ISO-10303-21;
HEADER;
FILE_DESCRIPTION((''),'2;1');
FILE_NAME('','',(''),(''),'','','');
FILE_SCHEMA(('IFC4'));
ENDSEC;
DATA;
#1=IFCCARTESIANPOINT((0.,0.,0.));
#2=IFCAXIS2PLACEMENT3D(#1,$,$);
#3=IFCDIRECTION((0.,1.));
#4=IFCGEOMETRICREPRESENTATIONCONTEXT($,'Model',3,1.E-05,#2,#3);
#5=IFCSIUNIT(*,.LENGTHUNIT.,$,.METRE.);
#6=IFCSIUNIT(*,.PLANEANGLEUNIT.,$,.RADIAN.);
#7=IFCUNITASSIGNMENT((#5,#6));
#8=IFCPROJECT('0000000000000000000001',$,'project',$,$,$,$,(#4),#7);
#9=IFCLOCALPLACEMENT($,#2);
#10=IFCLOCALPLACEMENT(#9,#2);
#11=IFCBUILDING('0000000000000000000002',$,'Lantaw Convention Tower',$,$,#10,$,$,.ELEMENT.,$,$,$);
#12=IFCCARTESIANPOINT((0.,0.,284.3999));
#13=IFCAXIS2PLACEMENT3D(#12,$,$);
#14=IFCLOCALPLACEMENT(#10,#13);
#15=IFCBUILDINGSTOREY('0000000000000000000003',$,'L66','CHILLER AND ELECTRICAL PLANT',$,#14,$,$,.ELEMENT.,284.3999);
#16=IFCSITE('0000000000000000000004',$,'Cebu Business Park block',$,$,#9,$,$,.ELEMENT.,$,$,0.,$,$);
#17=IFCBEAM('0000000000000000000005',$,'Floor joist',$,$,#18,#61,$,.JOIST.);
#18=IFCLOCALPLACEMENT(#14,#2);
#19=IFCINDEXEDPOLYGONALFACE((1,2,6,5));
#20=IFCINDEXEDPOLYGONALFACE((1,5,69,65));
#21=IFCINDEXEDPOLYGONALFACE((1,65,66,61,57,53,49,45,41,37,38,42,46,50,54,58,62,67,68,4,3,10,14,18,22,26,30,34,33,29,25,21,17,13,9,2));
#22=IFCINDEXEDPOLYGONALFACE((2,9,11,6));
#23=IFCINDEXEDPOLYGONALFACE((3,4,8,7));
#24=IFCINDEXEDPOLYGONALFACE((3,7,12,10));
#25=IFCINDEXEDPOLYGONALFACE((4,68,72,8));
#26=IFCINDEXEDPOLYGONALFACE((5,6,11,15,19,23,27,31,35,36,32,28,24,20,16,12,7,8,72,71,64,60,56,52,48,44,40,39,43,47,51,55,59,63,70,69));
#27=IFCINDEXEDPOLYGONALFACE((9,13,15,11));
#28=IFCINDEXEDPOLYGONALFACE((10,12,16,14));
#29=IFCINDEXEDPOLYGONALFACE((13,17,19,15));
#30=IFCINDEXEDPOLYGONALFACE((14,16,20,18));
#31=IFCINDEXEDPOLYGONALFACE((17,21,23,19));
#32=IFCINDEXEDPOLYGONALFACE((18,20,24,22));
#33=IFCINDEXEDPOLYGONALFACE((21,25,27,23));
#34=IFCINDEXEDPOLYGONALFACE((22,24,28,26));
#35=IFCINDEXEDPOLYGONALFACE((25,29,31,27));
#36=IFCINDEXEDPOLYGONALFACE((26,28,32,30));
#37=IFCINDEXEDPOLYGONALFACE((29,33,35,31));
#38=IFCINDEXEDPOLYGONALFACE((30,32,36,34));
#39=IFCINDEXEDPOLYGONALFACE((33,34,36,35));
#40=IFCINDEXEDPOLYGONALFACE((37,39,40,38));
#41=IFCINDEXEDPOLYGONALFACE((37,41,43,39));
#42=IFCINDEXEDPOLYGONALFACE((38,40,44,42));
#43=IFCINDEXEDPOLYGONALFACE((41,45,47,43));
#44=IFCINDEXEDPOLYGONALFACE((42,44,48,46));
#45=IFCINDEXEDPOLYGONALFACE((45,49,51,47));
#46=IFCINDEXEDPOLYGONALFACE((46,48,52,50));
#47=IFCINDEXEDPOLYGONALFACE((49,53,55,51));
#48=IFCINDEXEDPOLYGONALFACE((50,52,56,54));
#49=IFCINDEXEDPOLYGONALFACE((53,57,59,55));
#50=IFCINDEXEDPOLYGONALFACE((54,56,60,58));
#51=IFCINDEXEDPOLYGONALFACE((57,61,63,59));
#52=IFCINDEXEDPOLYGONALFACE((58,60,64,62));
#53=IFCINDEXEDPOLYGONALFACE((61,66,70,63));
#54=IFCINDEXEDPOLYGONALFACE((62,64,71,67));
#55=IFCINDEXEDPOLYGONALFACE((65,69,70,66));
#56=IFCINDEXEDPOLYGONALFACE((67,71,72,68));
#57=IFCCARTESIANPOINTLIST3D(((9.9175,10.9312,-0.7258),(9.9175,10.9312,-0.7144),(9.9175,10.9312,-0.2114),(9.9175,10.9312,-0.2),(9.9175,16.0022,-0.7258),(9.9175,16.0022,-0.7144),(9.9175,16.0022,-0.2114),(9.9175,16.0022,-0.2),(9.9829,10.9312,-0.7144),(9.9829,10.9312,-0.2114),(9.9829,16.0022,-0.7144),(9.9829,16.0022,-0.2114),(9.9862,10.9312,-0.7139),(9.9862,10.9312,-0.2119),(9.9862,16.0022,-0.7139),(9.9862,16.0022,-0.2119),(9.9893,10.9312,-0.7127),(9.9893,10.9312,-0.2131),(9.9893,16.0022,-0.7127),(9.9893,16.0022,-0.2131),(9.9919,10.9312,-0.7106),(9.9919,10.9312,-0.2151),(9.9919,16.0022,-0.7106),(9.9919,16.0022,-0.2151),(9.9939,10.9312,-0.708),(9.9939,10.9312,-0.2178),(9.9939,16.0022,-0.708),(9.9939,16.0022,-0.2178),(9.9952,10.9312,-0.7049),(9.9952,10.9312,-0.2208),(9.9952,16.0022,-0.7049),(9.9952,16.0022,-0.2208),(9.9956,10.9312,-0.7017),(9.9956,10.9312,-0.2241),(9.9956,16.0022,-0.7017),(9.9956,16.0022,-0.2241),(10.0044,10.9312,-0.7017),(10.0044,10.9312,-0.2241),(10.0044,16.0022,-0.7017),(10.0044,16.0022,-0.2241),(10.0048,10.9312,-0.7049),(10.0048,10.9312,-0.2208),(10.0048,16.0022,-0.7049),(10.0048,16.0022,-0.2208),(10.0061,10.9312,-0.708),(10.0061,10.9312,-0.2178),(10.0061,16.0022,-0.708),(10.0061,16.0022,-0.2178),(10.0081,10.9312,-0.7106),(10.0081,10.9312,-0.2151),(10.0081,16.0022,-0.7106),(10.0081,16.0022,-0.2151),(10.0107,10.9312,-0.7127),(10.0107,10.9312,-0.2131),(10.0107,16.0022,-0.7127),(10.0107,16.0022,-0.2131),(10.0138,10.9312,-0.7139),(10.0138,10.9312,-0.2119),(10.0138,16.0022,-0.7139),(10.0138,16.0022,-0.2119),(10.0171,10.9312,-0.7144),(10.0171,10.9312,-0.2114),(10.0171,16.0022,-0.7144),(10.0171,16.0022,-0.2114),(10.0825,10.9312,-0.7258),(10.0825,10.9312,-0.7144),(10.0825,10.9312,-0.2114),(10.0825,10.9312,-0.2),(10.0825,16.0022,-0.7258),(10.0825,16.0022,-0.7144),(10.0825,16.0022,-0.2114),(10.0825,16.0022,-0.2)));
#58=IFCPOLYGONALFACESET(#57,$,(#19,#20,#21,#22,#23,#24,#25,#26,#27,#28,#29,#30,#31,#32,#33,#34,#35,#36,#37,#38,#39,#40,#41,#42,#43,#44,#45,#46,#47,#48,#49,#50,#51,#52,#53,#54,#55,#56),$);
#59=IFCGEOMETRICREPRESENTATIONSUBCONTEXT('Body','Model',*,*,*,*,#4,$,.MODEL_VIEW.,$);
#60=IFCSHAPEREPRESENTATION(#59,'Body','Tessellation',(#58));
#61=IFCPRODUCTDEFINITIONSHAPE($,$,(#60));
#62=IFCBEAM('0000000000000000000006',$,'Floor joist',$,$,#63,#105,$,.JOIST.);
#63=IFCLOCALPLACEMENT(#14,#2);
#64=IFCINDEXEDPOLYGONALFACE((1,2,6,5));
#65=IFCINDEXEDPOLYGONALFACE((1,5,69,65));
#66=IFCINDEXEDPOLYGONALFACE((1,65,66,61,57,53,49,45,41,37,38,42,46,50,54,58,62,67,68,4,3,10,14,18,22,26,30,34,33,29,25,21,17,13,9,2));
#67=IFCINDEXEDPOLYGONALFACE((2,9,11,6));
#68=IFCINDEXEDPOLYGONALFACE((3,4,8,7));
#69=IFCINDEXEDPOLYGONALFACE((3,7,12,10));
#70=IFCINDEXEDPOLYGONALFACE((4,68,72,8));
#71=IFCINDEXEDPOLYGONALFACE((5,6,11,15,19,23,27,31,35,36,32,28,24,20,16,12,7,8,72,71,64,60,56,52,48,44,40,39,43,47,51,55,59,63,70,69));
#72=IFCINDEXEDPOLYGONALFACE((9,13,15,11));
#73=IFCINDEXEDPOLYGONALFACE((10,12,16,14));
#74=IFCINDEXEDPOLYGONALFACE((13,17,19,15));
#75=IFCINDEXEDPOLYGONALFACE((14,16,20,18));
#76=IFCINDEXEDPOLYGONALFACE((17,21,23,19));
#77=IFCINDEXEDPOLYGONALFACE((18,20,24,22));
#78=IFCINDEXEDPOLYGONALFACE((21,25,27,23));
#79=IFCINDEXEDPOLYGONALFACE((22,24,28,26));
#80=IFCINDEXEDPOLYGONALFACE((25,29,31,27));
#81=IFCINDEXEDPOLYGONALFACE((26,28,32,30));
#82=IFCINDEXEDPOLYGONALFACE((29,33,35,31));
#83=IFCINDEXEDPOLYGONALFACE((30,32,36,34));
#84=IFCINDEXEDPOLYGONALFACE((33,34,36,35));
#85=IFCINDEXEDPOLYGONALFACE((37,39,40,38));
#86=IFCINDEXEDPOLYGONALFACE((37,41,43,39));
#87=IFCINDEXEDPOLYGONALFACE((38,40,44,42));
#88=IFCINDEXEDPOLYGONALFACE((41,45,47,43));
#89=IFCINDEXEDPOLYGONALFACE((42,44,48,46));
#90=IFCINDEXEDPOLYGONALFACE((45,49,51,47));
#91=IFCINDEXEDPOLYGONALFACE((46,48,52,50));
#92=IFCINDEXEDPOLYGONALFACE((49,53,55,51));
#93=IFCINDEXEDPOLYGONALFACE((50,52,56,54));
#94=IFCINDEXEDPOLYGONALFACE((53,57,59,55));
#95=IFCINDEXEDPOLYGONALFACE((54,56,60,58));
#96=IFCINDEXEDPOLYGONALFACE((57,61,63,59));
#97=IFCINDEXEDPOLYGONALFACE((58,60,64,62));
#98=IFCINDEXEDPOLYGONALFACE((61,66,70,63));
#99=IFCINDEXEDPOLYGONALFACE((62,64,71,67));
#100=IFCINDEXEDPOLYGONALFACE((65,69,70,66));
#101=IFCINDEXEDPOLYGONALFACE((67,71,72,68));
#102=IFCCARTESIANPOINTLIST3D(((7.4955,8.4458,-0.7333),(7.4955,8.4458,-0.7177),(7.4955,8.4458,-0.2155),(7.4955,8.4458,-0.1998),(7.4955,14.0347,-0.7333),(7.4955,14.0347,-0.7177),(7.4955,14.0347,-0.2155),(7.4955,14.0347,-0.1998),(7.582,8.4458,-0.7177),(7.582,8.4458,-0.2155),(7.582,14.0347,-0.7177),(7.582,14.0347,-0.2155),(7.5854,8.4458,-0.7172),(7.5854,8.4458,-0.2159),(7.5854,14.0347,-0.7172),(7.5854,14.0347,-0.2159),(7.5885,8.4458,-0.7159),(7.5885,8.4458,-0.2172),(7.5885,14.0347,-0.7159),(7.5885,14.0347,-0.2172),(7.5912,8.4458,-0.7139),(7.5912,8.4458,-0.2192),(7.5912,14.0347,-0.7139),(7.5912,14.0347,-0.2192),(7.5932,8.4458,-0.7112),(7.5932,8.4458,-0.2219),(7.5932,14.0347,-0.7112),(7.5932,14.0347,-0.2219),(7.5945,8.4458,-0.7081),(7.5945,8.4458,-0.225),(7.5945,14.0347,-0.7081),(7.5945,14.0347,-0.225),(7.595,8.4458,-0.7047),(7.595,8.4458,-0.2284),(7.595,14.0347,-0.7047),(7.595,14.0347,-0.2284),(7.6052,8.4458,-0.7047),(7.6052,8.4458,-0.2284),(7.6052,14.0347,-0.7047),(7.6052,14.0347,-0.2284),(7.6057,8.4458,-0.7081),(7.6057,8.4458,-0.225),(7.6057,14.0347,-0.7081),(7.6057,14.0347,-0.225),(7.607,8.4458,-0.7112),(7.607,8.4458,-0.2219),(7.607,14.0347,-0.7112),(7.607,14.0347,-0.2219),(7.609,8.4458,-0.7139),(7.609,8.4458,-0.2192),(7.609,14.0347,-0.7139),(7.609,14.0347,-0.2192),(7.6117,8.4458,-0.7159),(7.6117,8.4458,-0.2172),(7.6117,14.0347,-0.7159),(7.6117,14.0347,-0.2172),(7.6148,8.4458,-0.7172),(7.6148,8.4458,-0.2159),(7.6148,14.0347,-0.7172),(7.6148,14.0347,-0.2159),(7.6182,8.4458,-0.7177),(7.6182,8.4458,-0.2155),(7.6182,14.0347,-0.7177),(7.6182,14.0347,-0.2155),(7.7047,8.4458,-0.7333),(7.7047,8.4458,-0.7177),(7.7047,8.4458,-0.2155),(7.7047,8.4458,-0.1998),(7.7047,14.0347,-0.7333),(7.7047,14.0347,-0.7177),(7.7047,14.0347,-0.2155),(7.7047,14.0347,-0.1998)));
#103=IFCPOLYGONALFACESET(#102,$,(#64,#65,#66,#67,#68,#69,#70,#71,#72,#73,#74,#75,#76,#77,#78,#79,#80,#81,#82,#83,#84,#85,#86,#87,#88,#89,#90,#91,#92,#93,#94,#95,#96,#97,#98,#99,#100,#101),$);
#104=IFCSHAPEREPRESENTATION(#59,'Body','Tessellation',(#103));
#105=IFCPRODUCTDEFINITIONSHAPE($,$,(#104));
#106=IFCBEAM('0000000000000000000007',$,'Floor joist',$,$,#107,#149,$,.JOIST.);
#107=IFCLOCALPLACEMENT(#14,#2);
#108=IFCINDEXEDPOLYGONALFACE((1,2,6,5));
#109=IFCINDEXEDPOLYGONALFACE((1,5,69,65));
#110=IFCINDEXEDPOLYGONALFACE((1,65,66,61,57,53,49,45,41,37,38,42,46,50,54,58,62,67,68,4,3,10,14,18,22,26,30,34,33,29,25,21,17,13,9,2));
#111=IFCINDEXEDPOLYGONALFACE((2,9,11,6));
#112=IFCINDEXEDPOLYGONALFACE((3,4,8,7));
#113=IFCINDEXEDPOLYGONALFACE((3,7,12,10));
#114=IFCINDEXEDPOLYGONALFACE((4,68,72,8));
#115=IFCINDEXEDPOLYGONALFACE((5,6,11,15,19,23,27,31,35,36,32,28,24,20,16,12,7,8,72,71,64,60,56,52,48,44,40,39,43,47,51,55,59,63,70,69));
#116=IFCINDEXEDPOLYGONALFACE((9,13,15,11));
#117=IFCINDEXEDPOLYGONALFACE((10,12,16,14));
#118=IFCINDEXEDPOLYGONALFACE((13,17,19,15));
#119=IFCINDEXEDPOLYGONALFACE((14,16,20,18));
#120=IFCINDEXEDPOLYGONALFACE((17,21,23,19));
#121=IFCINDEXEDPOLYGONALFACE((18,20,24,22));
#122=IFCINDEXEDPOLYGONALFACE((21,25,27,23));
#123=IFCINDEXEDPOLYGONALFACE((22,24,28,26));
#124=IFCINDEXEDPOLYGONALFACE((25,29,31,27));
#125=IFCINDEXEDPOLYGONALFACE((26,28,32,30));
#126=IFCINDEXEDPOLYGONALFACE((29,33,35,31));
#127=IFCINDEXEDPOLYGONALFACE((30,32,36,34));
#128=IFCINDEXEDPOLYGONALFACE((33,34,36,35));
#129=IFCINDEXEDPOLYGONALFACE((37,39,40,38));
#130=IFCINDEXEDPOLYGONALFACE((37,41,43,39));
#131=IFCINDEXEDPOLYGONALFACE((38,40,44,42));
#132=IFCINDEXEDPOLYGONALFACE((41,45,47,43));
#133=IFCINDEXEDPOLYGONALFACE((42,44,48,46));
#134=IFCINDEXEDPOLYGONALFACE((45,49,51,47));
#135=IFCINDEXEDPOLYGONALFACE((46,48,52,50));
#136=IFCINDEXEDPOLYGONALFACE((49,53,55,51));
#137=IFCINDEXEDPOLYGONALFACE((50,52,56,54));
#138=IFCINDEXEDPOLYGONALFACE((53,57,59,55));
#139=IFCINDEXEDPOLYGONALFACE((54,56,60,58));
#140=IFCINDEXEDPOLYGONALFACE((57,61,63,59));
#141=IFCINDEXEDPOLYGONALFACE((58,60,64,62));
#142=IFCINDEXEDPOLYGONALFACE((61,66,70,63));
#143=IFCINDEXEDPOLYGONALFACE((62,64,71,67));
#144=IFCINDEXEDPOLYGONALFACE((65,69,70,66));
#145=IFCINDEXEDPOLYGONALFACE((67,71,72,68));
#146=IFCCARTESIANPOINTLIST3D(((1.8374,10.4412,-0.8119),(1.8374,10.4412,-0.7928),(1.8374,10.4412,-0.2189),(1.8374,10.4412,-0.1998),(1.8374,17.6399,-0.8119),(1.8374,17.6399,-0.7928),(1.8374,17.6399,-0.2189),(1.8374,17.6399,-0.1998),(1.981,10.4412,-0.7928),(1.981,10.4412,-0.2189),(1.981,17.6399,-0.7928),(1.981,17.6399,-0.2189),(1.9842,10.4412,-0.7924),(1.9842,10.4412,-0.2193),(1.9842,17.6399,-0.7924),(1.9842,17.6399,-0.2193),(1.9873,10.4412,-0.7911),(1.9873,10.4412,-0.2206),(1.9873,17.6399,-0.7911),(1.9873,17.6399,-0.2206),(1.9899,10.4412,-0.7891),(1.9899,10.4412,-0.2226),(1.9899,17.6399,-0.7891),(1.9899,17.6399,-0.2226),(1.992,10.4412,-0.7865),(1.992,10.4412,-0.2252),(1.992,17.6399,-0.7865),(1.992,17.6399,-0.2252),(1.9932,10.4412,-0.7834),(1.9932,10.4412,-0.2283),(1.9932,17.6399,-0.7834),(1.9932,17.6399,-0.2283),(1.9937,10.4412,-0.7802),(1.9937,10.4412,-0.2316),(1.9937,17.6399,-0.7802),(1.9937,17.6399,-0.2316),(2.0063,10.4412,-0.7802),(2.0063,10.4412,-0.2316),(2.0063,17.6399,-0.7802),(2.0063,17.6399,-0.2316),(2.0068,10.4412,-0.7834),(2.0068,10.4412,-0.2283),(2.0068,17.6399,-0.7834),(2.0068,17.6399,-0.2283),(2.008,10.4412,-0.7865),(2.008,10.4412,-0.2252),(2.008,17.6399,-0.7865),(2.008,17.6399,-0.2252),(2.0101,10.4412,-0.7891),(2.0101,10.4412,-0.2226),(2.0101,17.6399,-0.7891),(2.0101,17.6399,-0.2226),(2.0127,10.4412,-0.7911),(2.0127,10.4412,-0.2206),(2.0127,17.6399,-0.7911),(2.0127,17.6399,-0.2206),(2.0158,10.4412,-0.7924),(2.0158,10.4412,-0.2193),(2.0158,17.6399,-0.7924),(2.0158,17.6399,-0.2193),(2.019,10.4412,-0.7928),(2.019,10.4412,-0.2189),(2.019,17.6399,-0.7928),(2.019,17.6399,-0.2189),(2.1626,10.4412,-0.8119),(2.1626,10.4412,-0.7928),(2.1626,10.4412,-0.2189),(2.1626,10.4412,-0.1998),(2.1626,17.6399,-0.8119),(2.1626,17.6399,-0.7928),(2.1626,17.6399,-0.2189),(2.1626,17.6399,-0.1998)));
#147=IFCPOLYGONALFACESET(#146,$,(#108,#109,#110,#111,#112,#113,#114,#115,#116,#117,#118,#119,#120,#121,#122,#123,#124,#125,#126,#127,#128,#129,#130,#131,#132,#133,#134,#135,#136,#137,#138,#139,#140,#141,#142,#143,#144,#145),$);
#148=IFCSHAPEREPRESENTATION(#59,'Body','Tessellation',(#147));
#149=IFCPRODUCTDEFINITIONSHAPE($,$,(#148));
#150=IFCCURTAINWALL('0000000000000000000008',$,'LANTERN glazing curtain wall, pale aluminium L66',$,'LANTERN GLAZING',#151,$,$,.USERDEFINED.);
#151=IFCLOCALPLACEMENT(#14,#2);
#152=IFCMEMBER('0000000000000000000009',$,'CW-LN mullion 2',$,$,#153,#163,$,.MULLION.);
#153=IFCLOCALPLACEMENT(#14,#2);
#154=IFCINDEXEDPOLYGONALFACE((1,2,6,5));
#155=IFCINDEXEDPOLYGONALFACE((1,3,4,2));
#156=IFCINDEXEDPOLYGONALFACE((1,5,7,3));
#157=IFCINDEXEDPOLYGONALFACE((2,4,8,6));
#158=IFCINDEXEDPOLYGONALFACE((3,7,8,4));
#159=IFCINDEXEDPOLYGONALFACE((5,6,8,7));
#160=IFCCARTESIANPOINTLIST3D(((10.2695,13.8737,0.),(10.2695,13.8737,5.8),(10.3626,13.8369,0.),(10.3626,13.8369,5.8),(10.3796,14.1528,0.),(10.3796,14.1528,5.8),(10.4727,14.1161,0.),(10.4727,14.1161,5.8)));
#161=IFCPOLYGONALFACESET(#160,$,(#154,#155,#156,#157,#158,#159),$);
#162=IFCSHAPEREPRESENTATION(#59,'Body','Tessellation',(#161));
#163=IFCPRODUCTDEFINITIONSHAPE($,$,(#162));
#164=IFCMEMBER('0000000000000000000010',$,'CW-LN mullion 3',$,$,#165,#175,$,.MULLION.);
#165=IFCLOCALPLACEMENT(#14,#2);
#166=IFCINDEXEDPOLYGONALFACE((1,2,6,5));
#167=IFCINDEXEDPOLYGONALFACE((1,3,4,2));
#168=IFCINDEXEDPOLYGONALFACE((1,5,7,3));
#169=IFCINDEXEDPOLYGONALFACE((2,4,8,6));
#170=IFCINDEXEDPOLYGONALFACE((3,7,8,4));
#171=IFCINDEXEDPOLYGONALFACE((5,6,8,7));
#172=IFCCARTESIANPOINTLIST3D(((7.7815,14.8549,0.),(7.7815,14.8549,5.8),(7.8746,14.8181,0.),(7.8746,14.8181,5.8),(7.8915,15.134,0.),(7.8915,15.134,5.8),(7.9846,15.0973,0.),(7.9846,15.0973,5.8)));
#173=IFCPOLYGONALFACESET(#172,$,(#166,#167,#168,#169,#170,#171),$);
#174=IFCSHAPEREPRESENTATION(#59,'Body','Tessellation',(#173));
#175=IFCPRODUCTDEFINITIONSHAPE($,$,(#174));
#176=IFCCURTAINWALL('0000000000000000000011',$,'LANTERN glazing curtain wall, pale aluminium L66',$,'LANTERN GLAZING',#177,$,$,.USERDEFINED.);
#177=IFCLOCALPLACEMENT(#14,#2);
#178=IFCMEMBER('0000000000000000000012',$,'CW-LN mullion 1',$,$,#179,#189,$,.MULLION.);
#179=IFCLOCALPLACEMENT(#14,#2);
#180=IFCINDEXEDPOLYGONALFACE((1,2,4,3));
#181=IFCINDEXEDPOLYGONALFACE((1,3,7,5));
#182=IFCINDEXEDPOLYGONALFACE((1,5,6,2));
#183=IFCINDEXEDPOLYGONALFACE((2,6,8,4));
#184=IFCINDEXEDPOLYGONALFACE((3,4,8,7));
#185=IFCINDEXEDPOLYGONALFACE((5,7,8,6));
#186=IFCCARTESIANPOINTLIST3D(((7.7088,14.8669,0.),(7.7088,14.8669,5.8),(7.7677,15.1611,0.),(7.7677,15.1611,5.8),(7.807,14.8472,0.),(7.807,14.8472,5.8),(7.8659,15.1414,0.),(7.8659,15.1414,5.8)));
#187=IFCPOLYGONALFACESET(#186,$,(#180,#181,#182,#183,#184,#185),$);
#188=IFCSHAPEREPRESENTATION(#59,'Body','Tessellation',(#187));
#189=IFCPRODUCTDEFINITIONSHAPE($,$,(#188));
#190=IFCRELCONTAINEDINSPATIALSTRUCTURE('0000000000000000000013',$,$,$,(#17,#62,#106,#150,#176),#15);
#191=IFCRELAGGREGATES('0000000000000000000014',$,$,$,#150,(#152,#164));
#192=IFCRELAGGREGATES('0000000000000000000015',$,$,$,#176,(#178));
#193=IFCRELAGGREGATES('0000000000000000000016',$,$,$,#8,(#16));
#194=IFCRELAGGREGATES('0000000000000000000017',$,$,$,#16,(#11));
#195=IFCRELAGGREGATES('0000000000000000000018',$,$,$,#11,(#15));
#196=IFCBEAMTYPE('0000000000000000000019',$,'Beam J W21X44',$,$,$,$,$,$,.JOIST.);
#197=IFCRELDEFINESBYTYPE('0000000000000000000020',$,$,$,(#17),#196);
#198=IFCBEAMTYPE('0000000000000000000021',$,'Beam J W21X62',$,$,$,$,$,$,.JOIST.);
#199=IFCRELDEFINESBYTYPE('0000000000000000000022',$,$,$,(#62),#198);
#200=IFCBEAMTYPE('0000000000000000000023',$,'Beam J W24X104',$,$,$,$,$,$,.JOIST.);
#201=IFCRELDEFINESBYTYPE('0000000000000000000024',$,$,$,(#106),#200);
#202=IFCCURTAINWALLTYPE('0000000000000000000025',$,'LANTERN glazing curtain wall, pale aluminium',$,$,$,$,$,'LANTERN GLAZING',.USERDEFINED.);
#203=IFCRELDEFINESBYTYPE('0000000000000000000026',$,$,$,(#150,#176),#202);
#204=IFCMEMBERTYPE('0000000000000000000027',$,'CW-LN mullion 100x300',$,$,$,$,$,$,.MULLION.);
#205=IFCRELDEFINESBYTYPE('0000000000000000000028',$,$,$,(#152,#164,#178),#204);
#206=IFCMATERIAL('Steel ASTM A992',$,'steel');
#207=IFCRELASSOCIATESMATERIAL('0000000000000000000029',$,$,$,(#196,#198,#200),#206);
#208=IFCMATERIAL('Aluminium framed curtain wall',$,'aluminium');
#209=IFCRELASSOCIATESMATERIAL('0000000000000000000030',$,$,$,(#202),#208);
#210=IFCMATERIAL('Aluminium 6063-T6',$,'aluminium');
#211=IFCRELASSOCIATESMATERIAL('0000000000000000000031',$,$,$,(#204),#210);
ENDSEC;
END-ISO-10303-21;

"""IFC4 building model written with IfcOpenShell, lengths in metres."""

from ifc_helpers import new_model, si_unit, direction, frame, origin, origin_2d, place, context, subcontext, project, spatial, rectangle, i_section, extrude, material, material_profile, profile_set, type_object, element, aggregate, save


model = new_model("IFC4")

# Units and contexts
model_context = context("Model", 3, precision=1e-05, world=origin(), true_north=direction((0.0, 1.0)))
body_context = subcontext(model_context, "Body", "Model", "MODEL_VIEW")
ifc_project = project(units=[si_unit("LENGTHUNIT", "METRE"), si_unit("PLANEANGLEUNIT", "RADIAN")], contexts=[model_context])

# Site, building, storey
site_placement = place(None, origin())
site = spatial("IfcSite", under=ifc_project, at=site_placement, Name="Cebu Business Park block", CompositionType="ELEMENT", RefElevation=0.0)
building_placement = place(site_placement, origin())
building = spatial("IfcBuilding", under=site, at=building_placement, Name="Lantaw Convention Tower", CompositionType="ELEMENT")
storey_placement = place(building_placement, frame((0.0, 0.0, 284.3999)))
storey = spatial("IfcBuildingStorey", under=building, at=storey_placement, Name="L66", Description="CHILLER AND ELECTRICAL PLANT", CompositionType="ELEMENT", Elevation=284.3999)

# Beams
ifc_material_1 = material(Name="Steel ASTM A992", Category="steel")
ifc_material_profile_1 = material_profile(ifc_material_1, i_section(OverallWidth=0.165, OverallDepth=0.5259, WebThickness=0.0088, FlangeThickness=0.0115, FilletRadius=0.0127, at=origin_2d()), Name="W21X44")
ifc_profile_set_1 = profile_set([ifc_material_profile_1], Name="Steel ASTM A992")
beam_type_1 = type_object("IfcBeamType", Name="Beam J W21X44", PredefinedType="JOIST", material=ifc_profile_set_1)
beam_1_placement = place(storey_placement, frame((10.0, 10.9312, -0.4629), z_axis=(0.0, 1.0, 0.0), x_axis=(-1.0, 0.0, 0.0)))
element("IfcBeam", 1, at=beam_1_placement, inside=storey, type_object=beam_type_1, Name="Floor joist", PredefinedType="JOIST", context=body_context, shape_type="SweptSolid", body=[
    extrude(i_section(OverallWidth=0.165, OverallDepth=0.5259, WebThickness=0.0088, FlangeThickness=0.0115, FilletRadius=0.0127, at=origin_2d()), origin(), (0.0, 0.0, 1.0), 5.071),
])
ifc_material_profile_2 = material_profile(ifc_material_1, i_section(OverallWidth=0.2092, OverallDepth=0.5334, WebThickness=0.0103, FlangeThickness=0.0156, FilletRadius=0.0129, at=origin_2d()), Name="W21X62")
ifc_profile_set_2 = profile_set([ifc_material_profile_2], Name="Steel ASTM A992")
beam_type_2 = type_object("IfcBeamType", Name="Beam J W21X62", PredefinedType="JOIST", material=ifc_profile_set_2)
beam_2_placement = place(storey_placement, frame((7.6001, 8.4458, -0.4666), z_axis=(0.0, 1.0, 0.0), x_axis=(-1.0, 0.0, 0.0)))
element("IfcBeam", 2, at=beam_2_placement, inside=storey, type_object=beam_type_2, Name="Floor joist", PredefinedType="JOIST", context=body_context, shape_type="SweptSolid", body=[
    extrude(i_section(OverallWidth=0.2092, OverallDepth=0.5334, WebThickness=0.0103, FlangeThickness=0.0156, FilletRadius=0.0129, at=origin_2d()), origin(), (0.0, 0.0, 1.0), 5.5889),
])
ifc_material_profile_3 = material_profile(ifc_material_1, i_section(OverallWidth=0.3252, OverallDepth=0.6121, WebThickness=0.0127, FlangeThickness=0.019, FilletRadius=0.0127, at=origin_2d()), Name="W24X104")
ifc_profile_set_3 = profile_set([ifc_material_profile_3], Name="Steel ASTM A992")
beam_type_3 = type_object("IfcBeamType", Name="Beam J W24X104", PredefinedType="JOIST", material=ifc_profile_set_3)
beam_3_placement = place(storey_placement, frame((2.0, 10.4412, -0.5059), z_axis=(0.0, 1.0, 0.0), x_axis=(-1.0, 0.0, 0.0)))
element("IfcBeam", 3, at=beam_3_placement, inside=storey, type_object=beam_type_3, Name="Floor joist", PredefinedType="JOIST", context=body_context, shape_type="SweptSolid", body=[
    extrude(i_section(OverallWidth=0.3252, OverallDepth=0.6121, WebThickness=0.0127, FlangeThickness=0.019, FilletRadius=0.0127, at=origin_2d()), origin(), (0.0, 0.0, 1.0), 7.1987),
])

# Curtain walls, members
ifc_material_2 = material(Name="Aluminium framed curtain wall", Category="aluminium")
curtain_wall_type = type_object("IfcCurtainWallType", Name="LANTERN glazing curtain wall, pale aluminium", ElementType="LANTERN GLAZING", PredefinedType="USERDEFINED", material=ifc_material_2)
curtain_wall_1_placement = place(storey_placement, origin())
curtain_wall_1 = element("IfcCurtainWall", 4, at=curtain_wall_1_placement, inside=storey, type_object=curtain_wall_type, Name="LANTERN glazing curtain wall, pale aluminium L66", ObjectType="LANTERN GLAZING", PredefinedType="USERDEFINED")
ifc_material_3 = material(Name="Aluminium 6063-T6", Category="aluminium")
ifc_material_profile_4 = material_profile(ifc_material_3, rectangle(XDim=0.3, YDim=0.1001, at=origin_2d()), Name="CW-LN mullion 100x300")
ifc_profile_set_4 = profile_set([ifc_material_profile_4], Name="Aluminium 6063-T6")
member_type_1 = type_object("IfcMemberType", Name="CW-LN mullion 100x300", PredefinedType="MULLION", material=ifc_profile_set_4)
member_1_placement = place(storey_placement, frame((10.3711, 13.9949, 0.0), z_axis=(0.0, 0.0, 1.0), x_axis=(-0.366802, -0.930299, 0.0)))
member_1 = element("IfcMember", 5, at=member_1_placement, type_object=member_type_1, Name="CW-LN mullion 2", PredefinedType="MULLION", context=body_context, shape_type="SweptSolid", body=[
    extrude(rectangle(XDim=0.3, YDim=0.1001, at=origin_2d()), origin(), (0.0, 0.0, 1.0), 5.8),
])
member_2_placement = place(storey_placement, frame((7.8831, 14.9761, 0.0), z_axis=(0.0, 0.0, 1.0), x_axis=(-0.366802, -0.930299, 0.0)))
member_2 = element("IfcMember", 6, at=member_2_placement, type_object=member_type_1, Name="CW-LN mullion 3", PredefinedType="MULLION", context=body_context, shape_type="SweptSolid", body=[
    extrude(rectangle(XDim=0.3, YDim=0.1001, at=origin_2d()), origin(), (0.0, 0.0, 1.0), 5.8),
])
curtain_wall_2_placement = place(storey_placement, origin())
curtain_wall_2 = element("IfcCurtainWall", 7, at=curtain_wall_2_placement, inside=storey, type_object=curtain_wall_type, Name="LANTERN glazing curtain wall, pale aluminium L66", ObjectType="LANTERN GLAZING", PredefinedType="USERDEFINED")
member_3_placement = place(storey_placement, frame((7.7874, 15.0042, 0.0), z_axis=(0.0, 0.0, 1.0), x_axis=(-0.196367, -0.98053, 0.0)))
member_3 = element("IfcMember", 8, at=member_3_placement, type_object=member_type_1, Name="CW-LN mullion 1", PredefinedType="MULLION", context=body_context, shape_type="SweptSolid", body=[
    extrude(rectangle(XDim=0.3, YDim=0.1001, at=origin_2d()), origin(), (0.0, 0.0, 1.0), 5.8),
])

aggregate(curtain_wall_1, [member_1, member_2])
aggregate(curtain_wall_2, [member_3])

save(model, "model.ifc")
